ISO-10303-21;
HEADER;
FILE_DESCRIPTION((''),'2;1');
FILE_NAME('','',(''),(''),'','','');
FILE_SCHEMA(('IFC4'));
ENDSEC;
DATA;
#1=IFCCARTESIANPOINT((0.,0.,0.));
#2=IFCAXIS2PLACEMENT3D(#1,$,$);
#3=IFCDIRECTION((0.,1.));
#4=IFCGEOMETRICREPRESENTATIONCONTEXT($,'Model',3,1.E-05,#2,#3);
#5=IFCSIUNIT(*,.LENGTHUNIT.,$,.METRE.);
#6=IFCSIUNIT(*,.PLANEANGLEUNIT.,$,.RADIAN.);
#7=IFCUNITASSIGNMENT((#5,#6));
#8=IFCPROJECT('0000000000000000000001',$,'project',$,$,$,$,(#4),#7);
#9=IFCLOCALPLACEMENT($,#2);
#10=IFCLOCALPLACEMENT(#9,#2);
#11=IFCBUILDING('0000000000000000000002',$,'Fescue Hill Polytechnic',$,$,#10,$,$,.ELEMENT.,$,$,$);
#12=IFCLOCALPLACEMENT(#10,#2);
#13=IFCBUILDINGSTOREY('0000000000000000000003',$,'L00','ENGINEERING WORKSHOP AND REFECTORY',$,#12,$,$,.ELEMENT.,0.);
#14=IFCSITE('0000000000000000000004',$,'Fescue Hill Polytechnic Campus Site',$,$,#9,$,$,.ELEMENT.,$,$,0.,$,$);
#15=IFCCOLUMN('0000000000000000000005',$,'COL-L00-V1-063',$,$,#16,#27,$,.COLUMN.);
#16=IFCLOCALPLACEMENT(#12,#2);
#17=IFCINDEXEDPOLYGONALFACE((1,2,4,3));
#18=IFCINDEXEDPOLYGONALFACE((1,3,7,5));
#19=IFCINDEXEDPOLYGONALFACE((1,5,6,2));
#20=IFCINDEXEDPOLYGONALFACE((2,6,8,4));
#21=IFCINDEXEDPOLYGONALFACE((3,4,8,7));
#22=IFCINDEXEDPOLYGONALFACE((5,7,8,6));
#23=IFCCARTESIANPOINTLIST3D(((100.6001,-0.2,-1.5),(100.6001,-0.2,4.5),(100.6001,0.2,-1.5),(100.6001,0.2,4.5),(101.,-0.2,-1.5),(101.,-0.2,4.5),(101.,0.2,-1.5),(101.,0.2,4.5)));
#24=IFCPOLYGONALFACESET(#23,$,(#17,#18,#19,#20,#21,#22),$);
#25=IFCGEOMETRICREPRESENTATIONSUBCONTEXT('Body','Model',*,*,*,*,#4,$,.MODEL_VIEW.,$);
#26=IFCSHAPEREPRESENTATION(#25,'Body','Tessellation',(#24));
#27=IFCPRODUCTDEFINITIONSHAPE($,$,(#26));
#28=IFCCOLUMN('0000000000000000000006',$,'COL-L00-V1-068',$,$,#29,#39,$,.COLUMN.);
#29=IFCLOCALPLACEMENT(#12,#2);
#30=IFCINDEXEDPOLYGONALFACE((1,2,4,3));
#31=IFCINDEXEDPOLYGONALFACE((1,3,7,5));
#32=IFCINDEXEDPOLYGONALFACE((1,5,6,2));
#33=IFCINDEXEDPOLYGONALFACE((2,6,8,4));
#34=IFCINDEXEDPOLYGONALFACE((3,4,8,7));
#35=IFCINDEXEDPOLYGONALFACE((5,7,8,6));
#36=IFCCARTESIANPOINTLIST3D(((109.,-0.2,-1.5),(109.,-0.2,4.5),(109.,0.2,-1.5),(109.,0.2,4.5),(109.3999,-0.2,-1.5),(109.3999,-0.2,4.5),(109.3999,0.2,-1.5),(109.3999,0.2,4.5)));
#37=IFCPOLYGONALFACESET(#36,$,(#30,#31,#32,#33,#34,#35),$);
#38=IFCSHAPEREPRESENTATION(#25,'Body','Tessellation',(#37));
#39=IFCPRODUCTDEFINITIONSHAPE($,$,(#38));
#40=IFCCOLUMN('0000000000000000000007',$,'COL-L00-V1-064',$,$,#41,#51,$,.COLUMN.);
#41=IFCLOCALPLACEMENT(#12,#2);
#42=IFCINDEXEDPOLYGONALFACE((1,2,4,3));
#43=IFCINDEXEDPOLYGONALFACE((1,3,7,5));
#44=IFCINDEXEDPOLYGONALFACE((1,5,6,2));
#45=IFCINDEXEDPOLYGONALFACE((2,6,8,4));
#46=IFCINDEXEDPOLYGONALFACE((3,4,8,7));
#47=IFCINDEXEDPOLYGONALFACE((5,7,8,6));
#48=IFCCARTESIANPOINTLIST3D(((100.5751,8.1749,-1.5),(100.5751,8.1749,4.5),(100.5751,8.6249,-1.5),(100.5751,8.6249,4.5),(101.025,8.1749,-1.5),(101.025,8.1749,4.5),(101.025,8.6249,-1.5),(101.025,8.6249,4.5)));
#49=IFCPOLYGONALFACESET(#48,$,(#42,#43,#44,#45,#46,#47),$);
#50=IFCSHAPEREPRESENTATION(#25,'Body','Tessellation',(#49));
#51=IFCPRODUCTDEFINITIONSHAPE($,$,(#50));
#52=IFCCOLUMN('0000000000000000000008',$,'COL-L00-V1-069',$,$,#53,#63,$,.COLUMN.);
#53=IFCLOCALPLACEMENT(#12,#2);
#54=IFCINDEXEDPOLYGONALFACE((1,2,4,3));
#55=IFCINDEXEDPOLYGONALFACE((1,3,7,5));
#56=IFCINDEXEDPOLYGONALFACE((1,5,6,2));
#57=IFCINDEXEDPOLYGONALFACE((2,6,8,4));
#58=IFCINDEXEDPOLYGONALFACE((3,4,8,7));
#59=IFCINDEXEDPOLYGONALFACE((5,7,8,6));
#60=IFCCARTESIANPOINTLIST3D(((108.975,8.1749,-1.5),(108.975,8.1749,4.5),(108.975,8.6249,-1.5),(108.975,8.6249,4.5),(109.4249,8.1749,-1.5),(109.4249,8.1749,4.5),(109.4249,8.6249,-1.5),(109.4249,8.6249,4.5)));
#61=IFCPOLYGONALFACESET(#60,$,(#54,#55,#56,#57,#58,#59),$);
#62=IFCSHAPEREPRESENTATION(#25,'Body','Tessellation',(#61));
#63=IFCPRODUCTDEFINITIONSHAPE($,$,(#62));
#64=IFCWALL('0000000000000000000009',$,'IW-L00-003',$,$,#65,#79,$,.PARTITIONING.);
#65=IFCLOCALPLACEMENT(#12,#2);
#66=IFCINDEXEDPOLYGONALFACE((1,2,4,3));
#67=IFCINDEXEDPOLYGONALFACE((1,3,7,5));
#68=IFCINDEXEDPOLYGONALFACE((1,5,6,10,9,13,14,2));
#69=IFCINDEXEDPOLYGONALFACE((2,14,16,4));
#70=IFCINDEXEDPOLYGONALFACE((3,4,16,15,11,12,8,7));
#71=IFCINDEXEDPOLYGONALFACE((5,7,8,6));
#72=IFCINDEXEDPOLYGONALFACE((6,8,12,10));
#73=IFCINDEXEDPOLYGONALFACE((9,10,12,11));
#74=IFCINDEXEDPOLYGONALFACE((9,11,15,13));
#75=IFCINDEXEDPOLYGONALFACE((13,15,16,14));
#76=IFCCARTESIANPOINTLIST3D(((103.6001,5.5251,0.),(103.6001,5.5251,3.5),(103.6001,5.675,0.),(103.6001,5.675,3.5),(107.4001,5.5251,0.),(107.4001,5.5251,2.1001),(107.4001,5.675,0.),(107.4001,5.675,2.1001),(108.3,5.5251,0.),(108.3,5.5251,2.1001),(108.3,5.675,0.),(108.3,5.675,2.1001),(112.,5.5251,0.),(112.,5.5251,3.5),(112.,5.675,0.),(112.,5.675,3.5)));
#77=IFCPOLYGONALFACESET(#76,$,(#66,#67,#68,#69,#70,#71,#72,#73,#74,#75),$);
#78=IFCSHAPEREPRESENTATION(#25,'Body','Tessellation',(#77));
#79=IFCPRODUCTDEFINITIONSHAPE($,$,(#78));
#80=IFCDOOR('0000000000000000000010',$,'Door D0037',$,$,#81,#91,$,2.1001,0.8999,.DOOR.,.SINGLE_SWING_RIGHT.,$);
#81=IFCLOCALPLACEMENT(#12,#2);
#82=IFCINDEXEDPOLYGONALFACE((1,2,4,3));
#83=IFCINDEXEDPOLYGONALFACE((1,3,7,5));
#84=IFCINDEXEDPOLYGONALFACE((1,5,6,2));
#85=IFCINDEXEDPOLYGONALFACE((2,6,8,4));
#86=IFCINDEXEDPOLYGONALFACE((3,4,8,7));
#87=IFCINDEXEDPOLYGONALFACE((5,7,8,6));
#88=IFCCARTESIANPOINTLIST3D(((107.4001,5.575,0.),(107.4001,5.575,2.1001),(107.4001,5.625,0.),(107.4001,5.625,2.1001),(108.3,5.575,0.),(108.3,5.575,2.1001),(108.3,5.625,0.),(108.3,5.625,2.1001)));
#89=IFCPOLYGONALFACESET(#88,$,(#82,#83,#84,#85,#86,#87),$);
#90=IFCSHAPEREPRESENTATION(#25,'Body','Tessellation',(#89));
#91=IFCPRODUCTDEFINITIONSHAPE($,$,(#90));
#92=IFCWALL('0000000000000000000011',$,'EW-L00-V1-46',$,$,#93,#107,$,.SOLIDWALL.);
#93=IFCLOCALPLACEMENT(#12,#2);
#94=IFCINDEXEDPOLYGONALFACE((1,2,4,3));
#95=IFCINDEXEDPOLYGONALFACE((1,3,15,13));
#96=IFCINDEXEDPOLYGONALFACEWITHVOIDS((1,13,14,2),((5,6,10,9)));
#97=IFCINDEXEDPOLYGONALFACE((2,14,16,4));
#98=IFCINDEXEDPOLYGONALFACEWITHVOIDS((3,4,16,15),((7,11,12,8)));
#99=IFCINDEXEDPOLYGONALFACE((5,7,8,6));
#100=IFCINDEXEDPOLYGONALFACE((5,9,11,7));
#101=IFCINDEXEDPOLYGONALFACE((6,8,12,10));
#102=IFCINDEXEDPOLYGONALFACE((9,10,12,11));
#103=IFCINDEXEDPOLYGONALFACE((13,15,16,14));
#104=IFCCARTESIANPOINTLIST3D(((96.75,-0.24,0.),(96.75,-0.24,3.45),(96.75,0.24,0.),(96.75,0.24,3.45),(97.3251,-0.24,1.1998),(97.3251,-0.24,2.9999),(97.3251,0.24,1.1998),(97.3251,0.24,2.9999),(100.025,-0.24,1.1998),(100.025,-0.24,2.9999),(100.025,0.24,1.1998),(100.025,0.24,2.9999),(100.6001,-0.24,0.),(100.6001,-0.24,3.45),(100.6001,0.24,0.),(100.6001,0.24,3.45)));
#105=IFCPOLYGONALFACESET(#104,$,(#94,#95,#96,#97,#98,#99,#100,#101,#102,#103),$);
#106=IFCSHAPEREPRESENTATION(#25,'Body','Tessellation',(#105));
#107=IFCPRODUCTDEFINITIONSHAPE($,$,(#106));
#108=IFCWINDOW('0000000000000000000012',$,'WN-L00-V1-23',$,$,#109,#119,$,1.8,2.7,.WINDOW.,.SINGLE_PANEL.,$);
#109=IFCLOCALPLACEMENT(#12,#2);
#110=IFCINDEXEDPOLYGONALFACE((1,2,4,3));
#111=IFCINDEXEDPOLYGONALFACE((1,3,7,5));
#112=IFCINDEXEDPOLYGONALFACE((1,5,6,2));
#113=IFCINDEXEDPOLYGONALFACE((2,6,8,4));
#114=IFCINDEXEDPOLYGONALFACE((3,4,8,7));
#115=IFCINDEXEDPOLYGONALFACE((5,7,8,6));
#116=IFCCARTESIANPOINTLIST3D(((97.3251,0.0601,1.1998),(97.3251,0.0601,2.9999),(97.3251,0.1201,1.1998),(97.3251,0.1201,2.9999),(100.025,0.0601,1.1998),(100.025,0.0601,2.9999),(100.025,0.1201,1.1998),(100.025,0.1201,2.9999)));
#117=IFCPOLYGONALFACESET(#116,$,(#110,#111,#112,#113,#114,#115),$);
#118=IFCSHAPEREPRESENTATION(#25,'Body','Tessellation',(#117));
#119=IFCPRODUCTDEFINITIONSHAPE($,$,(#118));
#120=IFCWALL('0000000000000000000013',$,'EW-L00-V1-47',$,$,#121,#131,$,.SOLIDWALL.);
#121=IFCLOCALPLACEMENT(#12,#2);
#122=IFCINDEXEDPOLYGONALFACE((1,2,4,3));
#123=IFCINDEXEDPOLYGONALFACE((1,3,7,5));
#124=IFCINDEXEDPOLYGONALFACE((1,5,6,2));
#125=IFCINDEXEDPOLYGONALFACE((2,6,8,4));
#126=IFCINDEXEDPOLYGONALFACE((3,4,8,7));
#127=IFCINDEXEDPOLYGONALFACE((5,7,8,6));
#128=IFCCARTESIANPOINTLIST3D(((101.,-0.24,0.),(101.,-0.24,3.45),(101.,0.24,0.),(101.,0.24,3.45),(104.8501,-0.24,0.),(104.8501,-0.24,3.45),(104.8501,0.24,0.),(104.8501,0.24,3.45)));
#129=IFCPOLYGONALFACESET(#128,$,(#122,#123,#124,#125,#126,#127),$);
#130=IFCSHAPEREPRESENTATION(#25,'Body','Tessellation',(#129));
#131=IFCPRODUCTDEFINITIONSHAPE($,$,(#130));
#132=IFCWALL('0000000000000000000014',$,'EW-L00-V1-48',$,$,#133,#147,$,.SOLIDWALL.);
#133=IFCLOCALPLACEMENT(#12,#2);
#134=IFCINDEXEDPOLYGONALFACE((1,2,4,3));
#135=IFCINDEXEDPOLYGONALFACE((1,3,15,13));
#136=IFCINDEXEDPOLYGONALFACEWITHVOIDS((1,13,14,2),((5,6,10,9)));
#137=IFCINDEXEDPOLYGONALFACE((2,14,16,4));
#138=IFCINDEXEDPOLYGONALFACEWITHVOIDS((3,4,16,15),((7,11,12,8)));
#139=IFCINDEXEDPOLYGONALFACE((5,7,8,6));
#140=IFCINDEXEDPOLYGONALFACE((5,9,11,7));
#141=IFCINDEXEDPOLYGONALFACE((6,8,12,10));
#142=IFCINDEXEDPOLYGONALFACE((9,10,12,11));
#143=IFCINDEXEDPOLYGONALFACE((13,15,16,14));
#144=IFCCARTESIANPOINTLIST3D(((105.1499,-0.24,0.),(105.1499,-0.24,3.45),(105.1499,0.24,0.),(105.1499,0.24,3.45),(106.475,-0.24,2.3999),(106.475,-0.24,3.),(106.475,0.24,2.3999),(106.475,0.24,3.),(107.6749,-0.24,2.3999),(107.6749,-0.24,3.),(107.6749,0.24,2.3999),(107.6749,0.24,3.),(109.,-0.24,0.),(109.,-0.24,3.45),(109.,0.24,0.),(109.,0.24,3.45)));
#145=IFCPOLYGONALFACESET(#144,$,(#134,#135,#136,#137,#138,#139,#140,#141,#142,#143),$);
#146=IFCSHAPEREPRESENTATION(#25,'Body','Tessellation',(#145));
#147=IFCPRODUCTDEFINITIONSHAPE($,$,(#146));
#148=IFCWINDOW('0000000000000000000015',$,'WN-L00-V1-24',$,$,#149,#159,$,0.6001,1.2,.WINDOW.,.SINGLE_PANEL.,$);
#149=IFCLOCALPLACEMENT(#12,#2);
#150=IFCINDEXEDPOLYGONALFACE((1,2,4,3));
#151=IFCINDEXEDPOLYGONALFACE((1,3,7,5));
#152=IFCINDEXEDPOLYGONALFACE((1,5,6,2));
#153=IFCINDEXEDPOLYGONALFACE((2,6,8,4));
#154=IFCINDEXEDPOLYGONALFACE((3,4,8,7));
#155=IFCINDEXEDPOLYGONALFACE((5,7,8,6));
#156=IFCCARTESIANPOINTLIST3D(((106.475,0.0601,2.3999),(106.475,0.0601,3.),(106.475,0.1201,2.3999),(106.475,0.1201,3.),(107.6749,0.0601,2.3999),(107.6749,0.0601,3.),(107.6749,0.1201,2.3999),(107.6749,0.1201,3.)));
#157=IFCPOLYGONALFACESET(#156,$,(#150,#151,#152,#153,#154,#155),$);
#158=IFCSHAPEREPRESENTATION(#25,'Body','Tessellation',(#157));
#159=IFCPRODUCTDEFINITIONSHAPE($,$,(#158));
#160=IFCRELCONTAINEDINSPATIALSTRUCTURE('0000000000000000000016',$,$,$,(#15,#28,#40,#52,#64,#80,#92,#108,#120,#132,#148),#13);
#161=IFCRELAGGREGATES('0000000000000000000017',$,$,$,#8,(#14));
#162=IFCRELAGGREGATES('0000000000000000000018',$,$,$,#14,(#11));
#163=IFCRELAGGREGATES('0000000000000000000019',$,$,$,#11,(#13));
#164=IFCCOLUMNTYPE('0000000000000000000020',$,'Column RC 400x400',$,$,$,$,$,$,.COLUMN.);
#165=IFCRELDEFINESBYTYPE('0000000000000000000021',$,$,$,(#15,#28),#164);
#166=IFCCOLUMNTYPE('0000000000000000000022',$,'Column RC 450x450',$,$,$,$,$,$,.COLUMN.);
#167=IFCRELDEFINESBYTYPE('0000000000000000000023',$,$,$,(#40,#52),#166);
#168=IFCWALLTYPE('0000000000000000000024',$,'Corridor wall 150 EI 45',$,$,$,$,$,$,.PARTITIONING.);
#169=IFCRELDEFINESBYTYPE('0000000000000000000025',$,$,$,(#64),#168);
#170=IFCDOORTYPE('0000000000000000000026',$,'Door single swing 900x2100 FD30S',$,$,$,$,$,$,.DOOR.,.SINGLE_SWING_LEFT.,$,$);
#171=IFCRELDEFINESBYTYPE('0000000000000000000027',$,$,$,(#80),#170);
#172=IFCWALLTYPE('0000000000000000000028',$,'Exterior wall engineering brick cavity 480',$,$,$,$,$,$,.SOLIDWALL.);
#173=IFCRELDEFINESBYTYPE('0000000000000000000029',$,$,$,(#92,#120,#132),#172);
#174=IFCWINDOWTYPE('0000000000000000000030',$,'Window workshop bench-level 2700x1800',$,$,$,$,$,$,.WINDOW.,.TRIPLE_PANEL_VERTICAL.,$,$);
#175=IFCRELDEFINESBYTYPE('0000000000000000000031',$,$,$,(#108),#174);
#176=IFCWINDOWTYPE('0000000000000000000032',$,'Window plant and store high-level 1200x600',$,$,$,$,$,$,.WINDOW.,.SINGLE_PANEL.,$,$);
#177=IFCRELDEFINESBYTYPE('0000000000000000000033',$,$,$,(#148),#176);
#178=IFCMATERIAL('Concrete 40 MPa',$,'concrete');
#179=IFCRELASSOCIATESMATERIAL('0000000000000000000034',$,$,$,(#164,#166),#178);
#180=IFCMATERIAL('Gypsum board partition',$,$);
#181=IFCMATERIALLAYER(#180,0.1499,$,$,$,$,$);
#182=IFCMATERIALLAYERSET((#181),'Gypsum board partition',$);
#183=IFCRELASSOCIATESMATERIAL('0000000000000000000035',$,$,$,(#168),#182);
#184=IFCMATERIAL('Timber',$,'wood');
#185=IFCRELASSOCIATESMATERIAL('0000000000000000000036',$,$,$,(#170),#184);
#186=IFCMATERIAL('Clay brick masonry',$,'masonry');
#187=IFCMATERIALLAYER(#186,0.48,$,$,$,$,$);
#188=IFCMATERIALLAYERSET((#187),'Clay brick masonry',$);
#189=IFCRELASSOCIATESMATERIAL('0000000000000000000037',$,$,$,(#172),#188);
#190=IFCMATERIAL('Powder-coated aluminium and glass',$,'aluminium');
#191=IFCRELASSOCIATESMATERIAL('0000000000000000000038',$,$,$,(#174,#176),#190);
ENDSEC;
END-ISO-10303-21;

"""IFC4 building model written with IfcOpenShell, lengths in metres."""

from ifc_helpers import new_model, si_unit, direction, frame, frame_2d, origin, origin_2d, place, context, subcontext, project, spatial, rectangle, extrude, material, layer, layer_set, material_profile, profile_set, type_object, element, fill, save


model = new_model("IFC4")

# Units and contexts
model_context = context("Model", 3, precision=1e-05, world=origin(), true_north=direction((0.0, 1.0)))
body_context = subcontext(model_context, "Body", "Model", "MODEL_VIEW")
ifc_project = project(units=[si_unit("LENGTHUNIT", "METRE"), si_unit("PLANEANGLEUNIT", "RADIAN")], contexts=[model_context])

# Site, building, storey
site_placement = place(None, origin())
site = spatial("IfcSite", under=ifc_project, at=site_placement, Name="Fescue Hill Polytechnic Campus Site", CompositionType="ELEMENT", RefElevation=0.0)
building_placement = place(site_placement, origin())
building = spatial("IfcBuilding", under=site, at=building_placement, Name="Fescue Hill Polytechnic", CompositionType="ELEMENT")
storey_placement = place(building_placement, origin())
storey = spatial("IfcBuildingStorey", under=building, at=storey_placement, Name="L00", Description="ENGINEERING WORKSHOP AND REFECTORY", CompositionType="ELEMENT", Elevation=0.0)

# Columns
ifc_material_1 = material(Name="Concrete 40 MPa", Category="concrete")
ifc_material_profile_1 = material_profile(ifc_material_1, rectangle(XDim=0.3999, YDim=0.3999, at=origin_2d()), Name="RC 400x400")
ifc_profile_set_1 = profile_set([ifc_material_profile_1], Name="Concrete 40 MPa")
column_type_1 = type_object("IfcColumnType", Name="Column RC 400x400", PredefinedType="COLUMN", material=ifc_profile_set_1)
for number, where, z_axis, x_axis, name in (
    (1, (100.8, 0.0, -1.5), (0.0, 0.0, 1.0), (1.0, 0.0, 0.0), "COL-L00-V1-063"),
    (2, (109.2, 0.0, -1.5), (0.0, 0.0, 1.0), (1.0, 0.0, 0.0), "COL-L00-V1-068"),
):
    element("IfcColumn", number, at=place(storey_placement, frame(where, z_axis=z_axis, x_axis=x_axis)), inside=storey, type_object=column_type_1, Name=name, PredefinedType="COLUMN", context=body_context, shape_type="SweptSolid", body=[
        extrude(rectangle(XDim=0.3999, YDim=0.3999, at=origin_2d()), origin(), (0.0, 0.0, 1.0), 6.0),
    ])
ifc_material_profile_2 = material_profile(ifc_material_1, rectangle(XDim=0.45, YDim=0.45, at=origin_2d()), Name="RC 450x450")
ifc_profile_set_2 = profile_set([ifc_material_profile_2], Name="Concrete 40 MPa")
column_type_2 = type_object("IfcColumnType", Name="Column RC 450x450", PredefinedType="COLUMN", material=ifc_profile_set_2)
for number, where, z_axis, x_axis, name in (
    (3, (100.8, 8.3999, -1.5), (0.0, 0.0, 1.0), (1.0, 0.0, 0.0), "COL-L00-V1-064"),
    (4, (109.2, 8.3999, -1.5), (0.0, 0.0, 1.0), (1.0, 0.0, 0.0), "COL-L00-V1-069"),
):
    element("IfcColumn", number, at=place(storey_placement, frame(where, z_axis=z_axis, x_axis=x_axis)), inside=storey, type_object=column_type_2, Name=name, PredefinedType="COLUMN", context=body_context, shape_type="SweptSolid", body=[
        extrude(rectangle(XDim=0.45, YDim=0.45, at=origin_2d()), origin(), (0.0, 0.0, 1.0), 6.0),
    ])

# Wall, opening, door
ifc_material_2 = material(Name="Gypsum board partition")
ifc_layer_1 = layer(ifc_material_2, 0.1499)
ifc_layer_set_1 = layer_set([ifc_layer_1], Name="Gypsum board partition")
wall_type_1 = type_object("IfcWallType", Name="Corridor wall 150 EI 45", PredefinedType="PARTITIONING", material=ifc_layer_set_1)
wall_1_placement = place(storey_placement, frame((103.6001, 5.6001, 0.0), z_axis=(0.0, 0.0, 1.0), x_axis=(1.0, 0.0, 0.0)))
wall_1 = element("IfcWall", 5, at=wall_1_placement, inside=storey, type_object=wall_type_1, Name="IW-L00-003", PredefinedType="PARTITIONING", context=body_context, shape_type="SweptSolid", body=[
    extrude(rectangle(XDim=8.3999, YDim=0.1499, at=frame_2d((4.2, 0.0))), origin(), (0.0, 0.0, 1.0), 3.5),
])
opening_1_placement = place(wall_1_placement, frame((3.8, 0.0, 0.0)))
opening_1 = element("IfcOpeningElement", 6, at=opening_1_placement, cuts=wall_1, PredefinedType="OPENING", context=body_context, shape_type="SweptSolid", body=[
    extrude(rectangle(XDim=0.8999, YDim=2.1001, at=frame_2d((0.45, 1.05))), frame((0.0, 0.085, 0.0), z_axis=(0.0, -1.0, 0.0), x_axis=(1.0, 0.0, 0.0)), (0.0, 0.0, 1.0), 0.1699),
])
ifc_material_3 = material(Name="Timber", Category="wood")
door_type = type_object("IfcDoorType", Name="Door single swing 900x2100 FD30S", OperationType="SINGLE_SWING_LEFT", PredefinedType="DOOR", material=ifc_material_3)
door_placement = place(opening_1_placement, origin())
door = element("IfcDoor", 7, at=door_placement, inside=storey, type_object=door_type, Name="Door D0037", OperationType="SINGLE_SWING_RIGHT", OverallHeight=2.1001, OverallWidth=0.8999, PredefinedType="DOOR", context=body_context, shape_type="SweptSolid", body=[
    extrude(rectangle(XDim=0.8999, YDim=2.1001, at=frame_2d((0.45, 1.05))), frame((0.0, 0.0249, 0.0), z_axis=(0.0, -1.0, 0.0), x_axis=(1.0, 0.0, 0.0)), (0.0, 0.0, 1.0), 0.05),
])
fill(opening_1, door)

# Wall, opening, window
ifc_material_4 = material(Name="Clay brick masonry", Category="masonry")
ifc_layer_2 = layer(ifc_material_4, 0.48)
ifc_layer_set_2 = layer_set([ifc_layer_2], Name="Clay brick masonry")
wall_type_2 = type_object("IfcWallType", Name="Exterior wall engineering brick cavity 480", PredefinedType="SOLIDWALL", material=ifc_layer_set_2)
wall_2_placement = place(storey_placement, frame((96.75, 0.0, 0.0), z_axis=(0.0, 0.0, 1.0), x_axis=(1.0, 0.0, 0.0)))
wall_2 = element("IfcWall", 8, at=wall_2_placement, inside=storey, type_object=wall_type_2, Name="EW-L00-V1-46", PredefinedType="SOLIDWALL", context=body_context, shape_type="SweptSolid", body=[
    extrude(rectangle(XDim=3.8501, YDim=0.48, at=frame_2d((1.925, 0.0))), origin(), (0.0, 0.0, 1.0), 3.45),
])
opening_2_placement = place(wall_2_placement, frame((0.575, 0.0, 1.2)))
opening_2 = element("IfcOpeningElement", 9, at=opening_2_placement, cuts=wall_2, PredefinedType="OPENING", context=body_context, shape_type="SweptSolid", body=[
    extrude(rectangle(XDim=2.7, YDim=1.8, at=frame_2d((1.3501, 0.8999))), frame((0.0, 0.25, 0.0), z_axis=(0.0, -1.0, 0.0), x_axis=(1.0, 0.0, 0.0)), (0.0, 0.0, 1.0), 0.5),
])
ifc_material_5 = material(Name="Powder-coated aluminium and glass", Category="aluminium")
window_type_1 = type_object("IfcWindowType", Name="Window workshop bench-level 2700x1800", PartitioningType="TRIPLE_PANEL_VERTICAL", PredefinedType="WINDOW", material=ifc_material_5)
window_1_placement = place(opening_2_placement, origin())
window_1 = element("IfcWindow", 10, at=window_1_placement, inside=storey, type_object=window_type_1, Name="WN-L00-V1-23", OverallHeight=1.8, OverallWidth=2.7, PartitioningType="SINGLE_PANEL", PredefinedType="WINDOW", context=body_context, shape_type="SweptSolid", body=[
    extrude(rectangle(XDim=2.7, YDim=1.8, at=frame_2d((1.3501, 0.8999))), frame((0.0, 0.1201, 0.0), z_axis=(0.0, -1.0, 0.0), x_axis=(1.0, 0.0, 0.0)), (0.0, 0.0, 1.0), 0.0601),
])
fill(opening_2, window_1)

# Wall
wall_3_placement = place(storey_placement, frame((101.0, 0.0, 0.0), z_axis=(0.0, 0.0, 1.0), x_axis=(1.0, 0.0, 0.0)))
element("IfcWall", 11, at=wall_3_placement, inside=storey, type_object=wall_type_2, Name="EW-L00-V1-47", PredefinedType="SOLIDWALL", context=body_context, shape_type="SweptSolid", body=[
    extrude(rectangle(XDim=3.8501, YDim=0.48, at=frame_2d((1.925, 0.0))), origin(), (0.0, 0.0, 1.0), 3.45),
])

# Wall, opening, window
wall_4_placement = place(storey_placement, frame((105.1499, 0.0, 0.0), z_axis=(0.0, 0.0, 1.0), x_axis=(1.0, 0.0, 0.0)))
wall_4 = element("IfcWall", 12, at=wall_4_placement, inside=storey, type_object=wall_type_2, Name="EW-L00-V1-48", PredefinedType="SOLIDWALL", context=body_context, shape_type="SweptSolid", body=[
    extrude(rectangle(XDim=3.8501, YDim=0.48, at=frame_2d((1.925, 0.0))), origin(), (0.0, 0.0, 1.0), 3.45),
])
opening_3_placement = place(wall_4_placement, frame((1.325, 0.0, 2.3999)))
opening_3 = element("IfcOpeningElement", 13, at=opening_3_placement, cuts=wall_4, PredefinedType="OPENING", context=body_context, shape_type="SweptSolid", body=[
    extrude(rectangle(XDim=1.2, YDim=0.6001, at=frame_2d((0.6001, 0.3))), frame((0.0, 0.25, 0.0), z_axis=(0.0, -1.0, 0.0), x_axis=(1.0, 0.0, 0.0)), (0.0, 0.0, 1.0), 0.5),
])
window_type_2 = type_object("IfcWindowType", Name="Window plant and store high-level 1200x600", PartitioningType="SINGLE_PANEL", PredefinedType="WINDOW", material=ifc_material_5)
window_2_placement = place(opening_3_placement, origin())
window_2 = element("IfcWindow", 14, at=window_2_placement, inside=storey, type_object=window_type_2, Name="WN-L00-V1-24", OverallHeight=0.6001, OverallWidth=1.2, PartitioningType="SINGLE_PANEL", PredefinedType="WINDOW", context=body_context, shape_type="SweptSolid", body=[
    extrude(rectangle(XDim=1.2, YDim=0.6001, at=frame_2d((0.6001, 0.3))), frame((0.0, 0.1201, 0.0), z_axis=(0.0, -1.0, 0.0), x_axis=(1.0, 0.0, 0.0)), (0.0, 0.0, 1.0), 0.0601),
])
fill(opening_3, window_2)

save(model, "model.ifc")
